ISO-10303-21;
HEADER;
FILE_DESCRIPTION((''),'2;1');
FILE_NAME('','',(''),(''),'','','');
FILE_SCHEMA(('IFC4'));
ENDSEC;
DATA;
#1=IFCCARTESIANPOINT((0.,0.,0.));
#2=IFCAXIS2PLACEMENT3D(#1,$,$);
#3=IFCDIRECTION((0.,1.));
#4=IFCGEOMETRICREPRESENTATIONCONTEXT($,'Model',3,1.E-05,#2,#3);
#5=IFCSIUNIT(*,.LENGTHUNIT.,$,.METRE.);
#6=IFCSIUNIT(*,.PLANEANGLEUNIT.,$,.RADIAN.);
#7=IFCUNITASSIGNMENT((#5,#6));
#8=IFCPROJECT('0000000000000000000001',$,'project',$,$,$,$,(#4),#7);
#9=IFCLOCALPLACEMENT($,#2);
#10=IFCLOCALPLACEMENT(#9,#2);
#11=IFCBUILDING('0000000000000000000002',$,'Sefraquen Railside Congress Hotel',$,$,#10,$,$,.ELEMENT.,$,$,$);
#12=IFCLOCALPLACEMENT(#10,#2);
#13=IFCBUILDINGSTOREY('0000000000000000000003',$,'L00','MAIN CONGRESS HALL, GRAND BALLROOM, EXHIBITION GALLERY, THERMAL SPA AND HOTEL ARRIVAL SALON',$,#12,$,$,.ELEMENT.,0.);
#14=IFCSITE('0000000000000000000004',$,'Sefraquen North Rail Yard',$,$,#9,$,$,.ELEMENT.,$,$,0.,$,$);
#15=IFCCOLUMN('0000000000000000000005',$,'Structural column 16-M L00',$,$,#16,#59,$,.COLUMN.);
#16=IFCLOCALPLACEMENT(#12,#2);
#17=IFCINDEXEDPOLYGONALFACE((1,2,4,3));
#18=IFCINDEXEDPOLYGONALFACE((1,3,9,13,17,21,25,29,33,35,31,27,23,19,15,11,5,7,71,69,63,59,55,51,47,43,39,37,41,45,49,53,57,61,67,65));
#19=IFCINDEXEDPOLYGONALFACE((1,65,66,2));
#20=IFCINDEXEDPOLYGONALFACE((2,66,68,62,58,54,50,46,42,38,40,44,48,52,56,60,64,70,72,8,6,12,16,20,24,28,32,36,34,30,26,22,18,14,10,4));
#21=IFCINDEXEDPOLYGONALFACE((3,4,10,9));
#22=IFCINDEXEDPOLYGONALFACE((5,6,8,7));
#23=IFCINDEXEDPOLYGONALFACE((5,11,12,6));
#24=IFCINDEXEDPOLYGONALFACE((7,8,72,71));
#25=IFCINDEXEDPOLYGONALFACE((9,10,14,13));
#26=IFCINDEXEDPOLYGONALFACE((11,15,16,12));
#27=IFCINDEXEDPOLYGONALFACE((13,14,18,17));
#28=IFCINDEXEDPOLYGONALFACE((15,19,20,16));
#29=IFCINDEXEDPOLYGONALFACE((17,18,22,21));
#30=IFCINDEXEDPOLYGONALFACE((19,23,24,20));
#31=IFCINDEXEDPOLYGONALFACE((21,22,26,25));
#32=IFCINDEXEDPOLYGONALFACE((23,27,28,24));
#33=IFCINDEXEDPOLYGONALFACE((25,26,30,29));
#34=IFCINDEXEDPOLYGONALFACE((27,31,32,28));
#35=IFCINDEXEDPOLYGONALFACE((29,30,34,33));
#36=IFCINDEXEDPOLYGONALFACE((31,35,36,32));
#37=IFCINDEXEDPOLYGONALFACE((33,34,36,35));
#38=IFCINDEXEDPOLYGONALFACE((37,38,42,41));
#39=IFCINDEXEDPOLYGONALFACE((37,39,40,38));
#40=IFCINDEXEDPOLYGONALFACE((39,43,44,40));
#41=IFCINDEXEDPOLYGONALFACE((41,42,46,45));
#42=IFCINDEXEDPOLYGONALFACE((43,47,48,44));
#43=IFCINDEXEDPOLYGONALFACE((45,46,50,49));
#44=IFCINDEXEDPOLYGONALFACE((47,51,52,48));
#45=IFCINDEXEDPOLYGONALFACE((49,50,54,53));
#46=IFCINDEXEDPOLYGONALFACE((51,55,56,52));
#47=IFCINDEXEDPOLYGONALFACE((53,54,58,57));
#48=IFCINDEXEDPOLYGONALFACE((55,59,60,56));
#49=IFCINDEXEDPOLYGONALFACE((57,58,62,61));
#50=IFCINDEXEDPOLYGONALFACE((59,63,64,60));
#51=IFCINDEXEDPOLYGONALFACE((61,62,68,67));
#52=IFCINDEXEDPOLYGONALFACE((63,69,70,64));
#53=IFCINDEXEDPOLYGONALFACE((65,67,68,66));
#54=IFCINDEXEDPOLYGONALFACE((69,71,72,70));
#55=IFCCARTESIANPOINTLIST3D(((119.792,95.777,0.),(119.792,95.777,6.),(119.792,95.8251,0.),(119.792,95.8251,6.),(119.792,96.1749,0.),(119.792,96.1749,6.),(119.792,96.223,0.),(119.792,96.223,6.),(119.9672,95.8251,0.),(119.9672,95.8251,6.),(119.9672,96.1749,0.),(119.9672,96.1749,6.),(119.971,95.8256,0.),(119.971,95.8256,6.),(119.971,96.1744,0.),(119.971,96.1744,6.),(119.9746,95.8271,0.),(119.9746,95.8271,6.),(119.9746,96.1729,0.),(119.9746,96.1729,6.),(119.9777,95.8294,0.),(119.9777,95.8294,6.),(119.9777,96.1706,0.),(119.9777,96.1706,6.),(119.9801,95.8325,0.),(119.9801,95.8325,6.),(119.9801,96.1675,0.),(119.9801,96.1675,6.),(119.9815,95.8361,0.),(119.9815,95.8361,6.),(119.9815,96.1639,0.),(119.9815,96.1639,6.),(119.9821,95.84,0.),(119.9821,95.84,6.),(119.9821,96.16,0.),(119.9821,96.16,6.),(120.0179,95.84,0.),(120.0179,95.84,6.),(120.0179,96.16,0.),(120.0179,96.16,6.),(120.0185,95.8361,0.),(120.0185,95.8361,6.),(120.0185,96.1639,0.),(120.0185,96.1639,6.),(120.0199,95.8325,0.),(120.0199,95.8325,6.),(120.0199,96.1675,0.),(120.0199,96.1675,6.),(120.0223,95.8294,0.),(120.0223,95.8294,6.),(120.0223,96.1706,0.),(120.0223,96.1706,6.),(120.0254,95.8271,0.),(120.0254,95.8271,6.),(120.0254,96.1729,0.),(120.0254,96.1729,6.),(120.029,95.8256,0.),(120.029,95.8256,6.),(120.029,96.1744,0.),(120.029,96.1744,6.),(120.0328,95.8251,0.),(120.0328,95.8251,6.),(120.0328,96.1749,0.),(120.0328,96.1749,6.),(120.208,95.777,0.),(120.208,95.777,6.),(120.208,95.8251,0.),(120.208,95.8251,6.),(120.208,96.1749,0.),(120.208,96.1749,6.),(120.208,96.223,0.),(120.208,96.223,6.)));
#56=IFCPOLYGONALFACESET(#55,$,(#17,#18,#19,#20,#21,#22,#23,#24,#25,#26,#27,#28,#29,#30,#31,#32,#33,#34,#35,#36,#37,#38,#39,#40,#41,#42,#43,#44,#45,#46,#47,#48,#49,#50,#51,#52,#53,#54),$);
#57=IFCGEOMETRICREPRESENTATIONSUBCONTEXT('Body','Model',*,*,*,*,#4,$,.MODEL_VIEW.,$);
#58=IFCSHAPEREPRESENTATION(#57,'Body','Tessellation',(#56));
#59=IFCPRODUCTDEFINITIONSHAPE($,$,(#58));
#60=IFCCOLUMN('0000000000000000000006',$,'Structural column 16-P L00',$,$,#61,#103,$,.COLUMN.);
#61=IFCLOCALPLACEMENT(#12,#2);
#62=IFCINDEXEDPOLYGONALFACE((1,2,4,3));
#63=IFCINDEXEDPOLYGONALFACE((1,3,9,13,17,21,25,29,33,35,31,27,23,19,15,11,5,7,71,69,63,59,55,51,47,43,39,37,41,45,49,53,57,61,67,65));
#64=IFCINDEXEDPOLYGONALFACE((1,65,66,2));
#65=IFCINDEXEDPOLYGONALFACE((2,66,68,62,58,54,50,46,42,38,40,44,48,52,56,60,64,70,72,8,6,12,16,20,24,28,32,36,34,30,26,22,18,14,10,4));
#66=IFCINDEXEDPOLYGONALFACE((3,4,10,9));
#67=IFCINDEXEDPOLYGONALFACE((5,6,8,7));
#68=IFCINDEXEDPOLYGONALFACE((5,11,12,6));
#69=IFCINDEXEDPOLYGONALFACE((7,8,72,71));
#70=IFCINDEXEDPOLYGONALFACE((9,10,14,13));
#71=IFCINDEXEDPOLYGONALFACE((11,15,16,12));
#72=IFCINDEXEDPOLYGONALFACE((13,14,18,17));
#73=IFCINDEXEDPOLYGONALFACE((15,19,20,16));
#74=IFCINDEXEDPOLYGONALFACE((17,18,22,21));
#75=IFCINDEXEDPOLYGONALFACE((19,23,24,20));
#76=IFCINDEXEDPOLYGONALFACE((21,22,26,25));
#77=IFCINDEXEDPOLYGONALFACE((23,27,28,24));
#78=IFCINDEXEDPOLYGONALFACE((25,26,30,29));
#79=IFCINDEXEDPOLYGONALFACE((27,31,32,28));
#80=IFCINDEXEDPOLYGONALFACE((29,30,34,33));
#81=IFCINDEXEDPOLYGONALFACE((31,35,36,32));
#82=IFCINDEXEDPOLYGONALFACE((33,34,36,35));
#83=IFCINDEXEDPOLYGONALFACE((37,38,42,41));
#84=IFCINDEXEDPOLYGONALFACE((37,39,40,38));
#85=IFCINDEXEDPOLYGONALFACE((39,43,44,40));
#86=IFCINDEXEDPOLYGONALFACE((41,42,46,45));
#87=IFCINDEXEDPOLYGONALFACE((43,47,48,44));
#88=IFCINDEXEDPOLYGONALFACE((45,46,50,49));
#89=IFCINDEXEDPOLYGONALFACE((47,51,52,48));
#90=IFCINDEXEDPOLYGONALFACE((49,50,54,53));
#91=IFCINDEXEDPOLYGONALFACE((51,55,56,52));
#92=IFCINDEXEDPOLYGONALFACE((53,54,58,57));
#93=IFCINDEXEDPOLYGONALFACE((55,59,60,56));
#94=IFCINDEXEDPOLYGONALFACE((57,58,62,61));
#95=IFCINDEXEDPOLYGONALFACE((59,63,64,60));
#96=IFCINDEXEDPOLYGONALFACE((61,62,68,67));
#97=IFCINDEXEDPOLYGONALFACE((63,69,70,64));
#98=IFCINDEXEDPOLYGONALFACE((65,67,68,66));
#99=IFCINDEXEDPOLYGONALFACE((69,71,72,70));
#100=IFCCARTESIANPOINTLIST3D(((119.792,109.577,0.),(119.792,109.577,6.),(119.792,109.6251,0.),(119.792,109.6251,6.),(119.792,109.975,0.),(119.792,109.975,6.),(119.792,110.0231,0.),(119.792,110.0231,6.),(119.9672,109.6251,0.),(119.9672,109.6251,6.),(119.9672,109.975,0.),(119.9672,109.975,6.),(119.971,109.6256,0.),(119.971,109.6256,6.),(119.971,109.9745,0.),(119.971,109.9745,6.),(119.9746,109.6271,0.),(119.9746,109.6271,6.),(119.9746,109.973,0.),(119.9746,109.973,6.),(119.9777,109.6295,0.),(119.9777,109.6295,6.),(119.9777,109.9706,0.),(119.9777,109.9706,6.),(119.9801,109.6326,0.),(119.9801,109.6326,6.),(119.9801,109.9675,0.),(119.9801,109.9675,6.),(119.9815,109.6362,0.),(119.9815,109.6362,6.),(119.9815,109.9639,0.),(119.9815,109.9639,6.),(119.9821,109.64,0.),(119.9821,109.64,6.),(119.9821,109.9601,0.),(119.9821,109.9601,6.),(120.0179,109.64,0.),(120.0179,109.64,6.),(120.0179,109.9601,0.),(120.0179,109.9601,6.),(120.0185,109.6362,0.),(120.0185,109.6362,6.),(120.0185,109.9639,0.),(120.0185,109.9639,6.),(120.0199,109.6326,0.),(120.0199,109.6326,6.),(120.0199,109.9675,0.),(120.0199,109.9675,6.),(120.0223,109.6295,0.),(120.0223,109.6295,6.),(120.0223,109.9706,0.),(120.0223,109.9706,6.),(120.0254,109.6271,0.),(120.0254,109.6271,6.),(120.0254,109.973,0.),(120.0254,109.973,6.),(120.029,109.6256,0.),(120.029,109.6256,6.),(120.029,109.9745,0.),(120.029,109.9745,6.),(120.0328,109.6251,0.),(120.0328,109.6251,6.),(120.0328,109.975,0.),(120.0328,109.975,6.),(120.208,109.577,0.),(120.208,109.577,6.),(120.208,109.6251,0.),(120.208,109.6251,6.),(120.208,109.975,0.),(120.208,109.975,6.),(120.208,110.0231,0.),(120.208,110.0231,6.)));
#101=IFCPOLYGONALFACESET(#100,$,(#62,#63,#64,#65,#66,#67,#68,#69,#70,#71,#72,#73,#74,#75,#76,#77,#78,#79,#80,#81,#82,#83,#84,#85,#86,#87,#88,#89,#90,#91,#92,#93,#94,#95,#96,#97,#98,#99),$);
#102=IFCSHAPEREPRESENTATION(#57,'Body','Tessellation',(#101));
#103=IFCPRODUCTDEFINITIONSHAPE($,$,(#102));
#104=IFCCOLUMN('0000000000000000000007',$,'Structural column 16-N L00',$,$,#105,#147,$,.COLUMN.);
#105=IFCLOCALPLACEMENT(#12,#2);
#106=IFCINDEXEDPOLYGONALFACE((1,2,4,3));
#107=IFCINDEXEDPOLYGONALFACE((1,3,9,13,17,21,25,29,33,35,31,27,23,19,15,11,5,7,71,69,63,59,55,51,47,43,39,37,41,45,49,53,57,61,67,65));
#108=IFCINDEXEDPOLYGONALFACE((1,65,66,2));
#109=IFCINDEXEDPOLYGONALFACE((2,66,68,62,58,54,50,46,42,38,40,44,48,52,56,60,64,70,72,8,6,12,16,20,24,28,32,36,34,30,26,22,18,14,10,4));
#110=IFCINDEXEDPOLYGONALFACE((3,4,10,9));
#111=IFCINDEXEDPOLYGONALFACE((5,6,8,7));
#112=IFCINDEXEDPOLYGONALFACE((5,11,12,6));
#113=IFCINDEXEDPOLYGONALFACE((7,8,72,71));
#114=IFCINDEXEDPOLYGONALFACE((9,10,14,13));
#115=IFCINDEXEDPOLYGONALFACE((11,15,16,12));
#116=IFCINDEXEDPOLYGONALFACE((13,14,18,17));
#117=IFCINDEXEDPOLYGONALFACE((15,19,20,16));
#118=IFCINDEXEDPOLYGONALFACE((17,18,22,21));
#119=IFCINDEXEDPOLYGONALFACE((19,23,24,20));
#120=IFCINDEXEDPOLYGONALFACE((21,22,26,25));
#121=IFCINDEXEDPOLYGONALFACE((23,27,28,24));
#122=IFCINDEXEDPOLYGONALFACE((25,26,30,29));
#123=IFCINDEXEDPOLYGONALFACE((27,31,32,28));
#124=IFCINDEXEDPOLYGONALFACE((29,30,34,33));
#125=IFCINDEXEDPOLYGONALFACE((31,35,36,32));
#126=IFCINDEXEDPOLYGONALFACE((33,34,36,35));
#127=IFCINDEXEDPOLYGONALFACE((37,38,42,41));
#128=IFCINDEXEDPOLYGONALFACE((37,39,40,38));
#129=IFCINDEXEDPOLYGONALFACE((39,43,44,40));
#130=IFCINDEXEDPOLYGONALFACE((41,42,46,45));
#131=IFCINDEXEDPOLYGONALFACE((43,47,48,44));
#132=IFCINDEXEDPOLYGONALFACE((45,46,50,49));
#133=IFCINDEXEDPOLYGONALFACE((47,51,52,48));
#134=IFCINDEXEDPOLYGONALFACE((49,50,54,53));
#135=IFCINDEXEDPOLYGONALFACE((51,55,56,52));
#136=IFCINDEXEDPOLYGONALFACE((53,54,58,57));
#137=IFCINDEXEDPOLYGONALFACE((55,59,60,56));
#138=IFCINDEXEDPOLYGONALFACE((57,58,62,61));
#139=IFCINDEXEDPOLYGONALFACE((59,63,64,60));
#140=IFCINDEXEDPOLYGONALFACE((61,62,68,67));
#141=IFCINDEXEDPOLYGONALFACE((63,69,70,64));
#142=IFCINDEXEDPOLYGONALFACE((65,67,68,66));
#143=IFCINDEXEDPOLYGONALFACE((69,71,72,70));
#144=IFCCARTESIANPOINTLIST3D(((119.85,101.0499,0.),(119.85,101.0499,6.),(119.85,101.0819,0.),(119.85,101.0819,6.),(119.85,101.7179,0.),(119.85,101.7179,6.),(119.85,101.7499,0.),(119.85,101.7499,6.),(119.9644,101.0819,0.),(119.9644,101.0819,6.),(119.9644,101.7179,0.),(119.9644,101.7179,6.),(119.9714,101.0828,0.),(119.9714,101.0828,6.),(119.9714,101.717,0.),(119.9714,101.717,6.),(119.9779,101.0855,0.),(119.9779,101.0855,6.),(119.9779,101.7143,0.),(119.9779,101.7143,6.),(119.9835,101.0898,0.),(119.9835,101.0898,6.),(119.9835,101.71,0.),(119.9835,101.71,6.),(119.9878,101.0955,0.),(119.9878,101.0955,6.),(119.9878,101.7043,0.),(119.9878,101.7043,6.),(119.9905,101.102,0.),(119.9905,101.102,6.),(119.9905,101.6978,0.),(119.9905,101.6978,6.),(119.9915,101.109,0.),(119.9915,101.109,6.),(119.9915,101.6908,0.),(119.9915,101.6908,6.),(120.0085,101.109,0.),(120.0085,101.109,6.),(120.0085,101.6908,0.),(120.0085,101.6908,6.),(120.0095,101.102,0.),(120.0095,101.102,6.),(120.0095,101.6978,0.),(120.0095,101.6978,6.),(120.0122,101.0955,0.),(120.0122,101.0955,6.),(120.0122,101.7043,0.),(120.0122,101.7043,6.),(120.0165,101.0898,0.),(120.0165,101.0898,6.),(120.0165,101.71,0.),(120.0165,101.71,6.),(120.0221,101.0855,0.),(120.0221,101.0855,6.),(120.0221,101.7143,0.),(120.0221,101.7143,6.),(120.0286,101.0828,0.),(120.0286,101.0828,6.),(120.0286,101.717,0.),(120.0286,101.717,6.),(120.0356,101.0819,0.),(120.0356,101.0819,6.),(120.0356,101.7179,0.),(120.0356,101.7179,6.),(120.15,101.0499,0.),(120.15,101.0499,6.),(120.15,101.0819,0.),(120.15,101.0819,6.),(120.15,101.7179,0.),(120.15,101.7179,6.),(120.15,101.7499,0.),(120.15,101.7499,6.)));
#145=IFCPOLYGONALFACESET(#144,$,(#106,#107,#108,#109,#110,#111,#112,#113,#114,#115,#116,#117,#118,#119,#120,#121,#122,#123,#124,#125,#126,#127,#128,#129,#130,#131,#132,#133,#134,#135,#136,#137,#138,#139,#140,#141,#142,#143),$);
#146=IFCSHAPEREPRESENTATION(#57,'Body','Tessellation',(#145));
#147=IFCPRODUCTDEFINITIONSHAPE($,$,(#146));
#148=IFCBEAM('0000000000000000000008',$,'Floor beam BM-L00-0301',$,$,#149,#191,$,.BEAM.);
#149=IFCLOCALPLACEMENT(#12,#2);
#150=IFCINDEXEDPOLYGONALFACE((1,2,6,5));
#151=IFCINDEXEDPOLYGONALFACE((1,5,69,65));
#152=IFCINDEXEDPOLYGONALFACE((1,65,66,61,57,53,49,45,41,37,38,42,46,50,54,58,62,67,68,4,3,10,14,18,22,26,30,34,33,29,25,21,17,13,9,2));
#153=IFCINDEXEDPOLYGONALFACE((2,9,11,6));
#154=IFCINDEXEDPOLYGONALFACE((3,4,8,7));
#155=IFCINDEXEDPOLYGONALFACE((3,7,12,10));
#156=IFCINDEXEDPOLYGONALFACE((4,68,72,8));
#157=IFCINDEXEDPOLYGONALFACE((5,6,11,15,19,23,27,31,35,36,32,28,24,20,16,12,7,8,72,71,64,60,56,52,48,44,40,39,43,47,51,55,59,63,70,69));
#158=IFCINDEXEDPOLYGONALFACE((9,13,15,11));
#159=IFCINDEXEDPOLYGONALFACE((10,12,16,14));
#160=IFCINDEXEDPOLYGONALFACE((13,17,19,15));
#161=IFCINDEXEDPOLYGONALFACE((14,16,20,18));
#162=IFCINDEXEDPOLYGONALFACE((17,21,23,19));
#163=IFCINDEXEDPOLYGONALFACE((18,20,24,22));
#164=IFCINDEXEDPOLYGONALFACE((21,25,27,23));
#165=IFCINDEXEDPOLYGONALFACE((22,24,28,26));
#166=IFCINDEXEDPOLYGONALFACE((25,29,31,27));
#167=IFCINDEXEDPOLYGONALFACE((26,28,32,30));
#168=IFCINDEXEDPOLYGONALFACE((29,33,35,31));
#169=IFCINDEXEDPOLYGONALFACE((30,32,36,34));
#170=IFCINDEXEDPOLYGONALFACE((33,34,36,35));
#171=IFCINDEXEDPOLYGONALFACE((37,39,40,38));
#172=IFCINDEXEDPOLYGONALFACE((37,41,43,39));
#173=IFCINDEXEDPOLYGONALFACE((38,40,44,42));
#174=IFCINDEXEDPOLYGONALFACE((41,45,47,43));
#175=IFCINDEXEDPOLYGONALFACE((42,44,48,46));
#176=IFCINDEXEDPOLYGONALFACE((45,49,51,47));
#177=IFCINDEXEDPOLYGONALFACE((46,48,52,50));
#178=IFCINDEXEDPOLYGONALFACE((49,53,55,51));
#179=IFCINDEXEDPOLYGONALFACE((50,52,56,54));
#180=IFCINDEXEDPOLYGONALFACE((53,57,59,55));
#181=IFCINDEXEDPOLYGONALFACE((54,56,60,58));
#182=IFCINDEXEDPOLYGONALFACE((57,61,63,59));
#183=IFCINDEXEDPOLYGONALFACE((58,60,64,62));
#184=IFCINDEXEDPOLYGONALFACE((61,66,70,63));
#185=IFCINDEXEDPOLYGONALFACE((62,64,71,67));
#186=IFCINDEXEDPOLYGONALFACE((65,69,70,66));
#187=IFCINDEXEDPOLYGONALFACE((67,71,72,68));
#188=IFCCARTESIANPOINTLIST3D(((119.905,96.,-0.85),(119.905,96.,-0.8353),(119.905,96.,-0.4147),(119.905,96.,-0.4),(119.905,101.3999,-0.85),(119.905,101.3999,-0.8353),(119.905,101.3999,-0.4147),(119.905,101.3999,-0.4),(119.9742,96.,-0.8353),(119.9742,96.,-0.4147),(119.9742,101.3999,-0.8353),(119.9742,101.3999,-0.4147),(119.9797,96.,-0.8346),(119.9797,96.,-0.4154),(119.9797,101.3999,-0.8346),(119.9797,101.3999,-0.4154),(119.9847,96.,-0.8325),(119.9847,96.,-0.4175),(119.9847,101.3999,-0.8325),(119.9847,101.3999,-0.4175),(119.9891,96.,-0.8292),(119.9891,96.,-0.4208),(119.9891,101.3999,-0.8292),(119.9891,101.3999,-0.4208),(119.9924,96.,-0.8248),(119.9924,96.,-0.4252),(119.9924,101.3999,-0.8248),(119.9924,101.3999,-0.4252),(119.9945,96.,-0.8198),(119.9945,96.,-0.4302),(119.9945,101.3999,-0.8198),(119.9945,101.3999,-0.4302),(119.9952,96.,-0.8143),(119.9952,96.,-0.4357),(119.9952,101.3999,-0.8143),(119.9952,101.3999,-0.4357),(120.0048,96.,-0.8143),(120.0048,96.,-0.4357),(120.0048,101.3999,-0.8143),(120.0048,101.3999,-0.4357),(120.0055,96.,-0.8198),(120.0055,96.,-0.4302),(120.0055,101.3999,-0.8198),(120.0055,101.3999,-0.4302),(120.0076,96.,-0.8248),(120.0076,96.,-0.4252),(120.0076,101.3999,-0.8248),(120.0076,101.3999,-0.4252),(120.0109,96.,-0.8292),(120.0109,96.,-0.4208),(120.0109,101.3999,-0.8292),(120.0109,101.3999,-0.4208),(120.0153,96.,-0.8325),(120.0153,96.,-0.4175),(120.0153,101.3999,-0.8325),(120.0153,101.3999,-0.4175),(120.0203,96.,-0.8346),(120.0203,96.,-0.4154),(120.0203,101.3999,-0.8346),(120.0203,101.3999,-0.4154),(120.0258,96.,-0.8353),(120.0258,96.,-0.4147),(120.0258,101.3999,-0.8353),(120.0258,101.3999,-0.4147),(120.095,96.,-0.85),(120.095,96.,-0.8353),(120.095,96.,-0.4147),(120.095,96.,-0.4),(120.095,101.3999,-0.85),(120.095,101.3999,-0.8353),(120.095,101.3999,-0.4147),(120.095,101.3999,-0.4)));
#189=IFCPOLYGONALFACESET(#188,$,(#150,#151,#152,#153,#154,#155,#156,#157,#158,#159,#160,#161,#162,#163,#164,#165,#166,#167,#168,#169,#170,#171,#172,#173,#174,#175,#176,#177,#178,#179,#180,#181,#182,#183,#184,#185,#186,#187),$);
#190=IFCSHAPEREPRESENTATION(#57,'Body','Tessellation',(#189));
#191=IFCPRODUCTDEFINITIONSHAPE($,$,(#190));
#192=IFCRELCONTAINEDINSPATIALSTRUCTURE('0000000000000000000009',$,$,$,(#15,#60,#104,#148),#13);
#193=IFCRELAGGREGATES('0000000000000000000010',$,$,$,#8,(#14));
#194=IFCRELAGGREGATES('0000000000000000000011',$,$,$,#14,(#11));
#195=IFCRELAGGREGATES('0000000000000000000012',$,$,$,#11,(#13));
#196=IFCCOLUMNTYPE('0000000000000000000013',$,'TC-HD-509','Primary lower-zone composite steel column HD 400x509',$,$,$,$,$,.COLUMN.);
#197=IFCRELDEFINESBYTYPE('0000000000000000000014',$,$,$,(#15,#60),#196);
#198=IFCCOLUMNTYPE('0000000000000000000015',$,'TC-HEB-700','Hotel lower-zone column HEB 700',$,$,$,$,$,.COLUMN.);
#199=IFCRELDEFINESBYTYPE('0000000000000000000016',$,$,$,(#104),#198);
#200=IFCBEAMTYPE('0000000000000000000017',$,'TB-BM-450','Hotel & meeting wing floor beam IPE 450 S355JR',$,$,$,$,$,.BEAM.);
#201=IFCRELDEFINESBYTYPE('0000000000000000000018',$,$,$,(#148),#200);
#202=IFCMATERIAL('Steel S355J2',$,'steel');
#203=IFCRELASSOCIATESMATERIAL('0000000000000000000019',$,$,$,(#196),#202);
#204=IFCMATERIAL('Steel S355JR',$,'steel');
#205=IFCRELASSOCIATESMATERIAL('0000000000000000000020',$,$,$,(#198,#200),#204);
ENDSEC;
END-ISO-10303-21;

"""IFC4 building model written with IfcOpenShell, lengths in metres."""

from ifc_helpers import new_model, si_unit, direction, frame, origin, origin_2d, place, context, subcontext, project, spatial, i_section, extrude, material, material_profile, profile_set, type_object, element, save


model = new_model("IFC4")

# Units and contexts
model_context = context("Model", 3, precision=1e-05, world=origin(), true_north=direction((0.0, 1.0)))
body_context = subcontext(model_context, "Body", "Model", "MODEL_VIEW")
ifc_project = project(units=[si_unit("LENGTHUNIT", "METRE"), si_unit("PLANEANGLEUNIT", "RADIAN")], contexts=[model_context])

# Site, building, storey
site_placement = place(None, origin())
site = spatial("IfcSite", under=ifc_project, at=site_placement, Name="Sefraquen North Rail Yard", CompositionType="ELEMENT", RefElevation=0.0)
building_placement = place(site_placement, origin())
building = spatial("IfcBuilding", under=site, at=building_placement, Name="Sefraquen Railside Congress Hotel", CompositionType="ELEMENT")
storey_placement = place(building_placement, origin())
storey = spatial("IfcBuildingStorey", under=building, at=storey_placement, Name="L00", Description="MAIN CONGRESS HALL, GRAND BALLROOM, EXHIBITION GALLERY, THERMAL SPA AND HOTEL ARRIVAL SALON", CompositionType="ELEMENT", Elevation=0.0)

# Columns
ifc_material_1 = material(Name="Steel S355J2", Category="steel")
ifc_material_profile_1 = material_profile(ifc_material_1, i_section(OverallWidth=0.416, OverallDepth=0.446, WebThickness=0.0359, FlangeThickness=0.0481, FilletRadius=0.0149, at=origin_2d()), Name="HD 400x509")
ifc_profile_set_1 = profile_set([ifc_material_profile_1], Name="Steel S355J2")
column_type_1 = type_object("IfcColumnType", Name="TC-HD-509", Description="Primary lower-zone composite steel column HD 400x509", PredefinedType="COLUMN", material=ifc_profile_set_1)
for number, where, z_axis, x_axis, name in (
    (1, (120.0, 96.0, 0.0), (0.0, 0.0, 1.0), (1.0, 0.0, 0.0), "Structural column 16-M L00"),
    (2, (120.0, 109.8, 0.0), (0.0, 0.0, 1.0), (1.0, 0.0, 0.0), "Structural column 16-P L00"),
):
    element("IfcColumn", number, at=place(storey_placement, frame(where, z_axis=z_axis, x_axis=x_axis)), inside=storey, type_object=column_type_1, Name=name, PredefinedType="COLUMN", context=body_context, shape_type="SweptSolid", body=[
        extrude(i_section(OverallWidth=0.416, OverallDepth=0.446, WebThickness=0.0359, FlangeThickness=0.0481, FilletRadius=0.0149, at=origin_2d()), origin(), (0.0, 0.0, 1.0), 6.0),
    ])
ifc_material_2 = material(Name="Steel S355JR", Category="steel")
ifc_material_profile_2 = material_profile(ifc_material_2, i_section(OverallWidth=0.3, OverallDepth=0.7, WebThickness=0.0171, FlangeThickness=0.032, FilletRadius=0.0271, at=origin_2d()), Name="HEB 700")
ifc_profile_set_2 = profile_set([ifc_material_profile_2], Name="Steel S355JR")
column_type_2 = type_object("IfcColumnType", Name="TC-HEB-700", Description="Hotel lower-zone column HEB 700", PredefinedType="COLUMN", material=ifc_profile_set_2)
column_placement = place(storey_placement, frame((120.0, 101.3999, 0.0), z_axis=(0.0, 0.0, 1.0), x_axis=(1.0, 0.0, 0.0)))
element("IfcColumn", 3, at=column_placement, inside=storey, type_object=column_type_2, Name="Structural column 16-N L00", PredefinedType="COLUMN", context=body_context, shape_type="SweptSolid", body=[
    extrude(i_section(OverallWidth=0.3, OverallDepth=0.7, WebThickness=0.0171, FlangeThickness=0.032, FilletRadius=0.0271, at=origin_2d()), origin(), (0.0, 0.0, 1.0), 6.0),
])

# Beam
ifc_material_profile_3 = material_profile(ifc_material_2, i_section(OverallWidth=0.1899, OverallDepth=0.45, WebThickness=0.0095, FlangeThickness=0.0146, FilletRadius=0.021, at=origin_2d()), Name="IPE 450")
ifc_profile_set_3 = profile_set([ifc_material_profile_3], Name="Steel S355JR")
beam_type_1 = type_object("IfcBeamType", Name="TB-BM-450", Description="Hotel & meeting wing floor beam IPE 450 S355JR", PredefinedType="BEAM", material=ifc_profile_set_3)
beam_1_placement = place(storey_placement, frame((120.0, 96.0, -0.625), z_axis=(0.0, 1.0, 0.0), x_axis=(-1.0, 0.0, 0.0)))
element("IfcBeam", 4, at=beam_1_placement, inside=storey, type_object=beam_type_1, Name="Floor beam BM-L00-0301", PredefinedType="BEAM", context=body_context, shape_type="SweptSolid", body=[
    extrude(i_section(OverallWidth=0.1899, OverallDepth=0.45, WebThickness=0.0095, FlangeThickness=0.0146, FilletRadius=0.021, at=origin_2d()), origin(), (0.0, 0.0, 1.0), 5.3999),
])

save(model, "model.ifc")
